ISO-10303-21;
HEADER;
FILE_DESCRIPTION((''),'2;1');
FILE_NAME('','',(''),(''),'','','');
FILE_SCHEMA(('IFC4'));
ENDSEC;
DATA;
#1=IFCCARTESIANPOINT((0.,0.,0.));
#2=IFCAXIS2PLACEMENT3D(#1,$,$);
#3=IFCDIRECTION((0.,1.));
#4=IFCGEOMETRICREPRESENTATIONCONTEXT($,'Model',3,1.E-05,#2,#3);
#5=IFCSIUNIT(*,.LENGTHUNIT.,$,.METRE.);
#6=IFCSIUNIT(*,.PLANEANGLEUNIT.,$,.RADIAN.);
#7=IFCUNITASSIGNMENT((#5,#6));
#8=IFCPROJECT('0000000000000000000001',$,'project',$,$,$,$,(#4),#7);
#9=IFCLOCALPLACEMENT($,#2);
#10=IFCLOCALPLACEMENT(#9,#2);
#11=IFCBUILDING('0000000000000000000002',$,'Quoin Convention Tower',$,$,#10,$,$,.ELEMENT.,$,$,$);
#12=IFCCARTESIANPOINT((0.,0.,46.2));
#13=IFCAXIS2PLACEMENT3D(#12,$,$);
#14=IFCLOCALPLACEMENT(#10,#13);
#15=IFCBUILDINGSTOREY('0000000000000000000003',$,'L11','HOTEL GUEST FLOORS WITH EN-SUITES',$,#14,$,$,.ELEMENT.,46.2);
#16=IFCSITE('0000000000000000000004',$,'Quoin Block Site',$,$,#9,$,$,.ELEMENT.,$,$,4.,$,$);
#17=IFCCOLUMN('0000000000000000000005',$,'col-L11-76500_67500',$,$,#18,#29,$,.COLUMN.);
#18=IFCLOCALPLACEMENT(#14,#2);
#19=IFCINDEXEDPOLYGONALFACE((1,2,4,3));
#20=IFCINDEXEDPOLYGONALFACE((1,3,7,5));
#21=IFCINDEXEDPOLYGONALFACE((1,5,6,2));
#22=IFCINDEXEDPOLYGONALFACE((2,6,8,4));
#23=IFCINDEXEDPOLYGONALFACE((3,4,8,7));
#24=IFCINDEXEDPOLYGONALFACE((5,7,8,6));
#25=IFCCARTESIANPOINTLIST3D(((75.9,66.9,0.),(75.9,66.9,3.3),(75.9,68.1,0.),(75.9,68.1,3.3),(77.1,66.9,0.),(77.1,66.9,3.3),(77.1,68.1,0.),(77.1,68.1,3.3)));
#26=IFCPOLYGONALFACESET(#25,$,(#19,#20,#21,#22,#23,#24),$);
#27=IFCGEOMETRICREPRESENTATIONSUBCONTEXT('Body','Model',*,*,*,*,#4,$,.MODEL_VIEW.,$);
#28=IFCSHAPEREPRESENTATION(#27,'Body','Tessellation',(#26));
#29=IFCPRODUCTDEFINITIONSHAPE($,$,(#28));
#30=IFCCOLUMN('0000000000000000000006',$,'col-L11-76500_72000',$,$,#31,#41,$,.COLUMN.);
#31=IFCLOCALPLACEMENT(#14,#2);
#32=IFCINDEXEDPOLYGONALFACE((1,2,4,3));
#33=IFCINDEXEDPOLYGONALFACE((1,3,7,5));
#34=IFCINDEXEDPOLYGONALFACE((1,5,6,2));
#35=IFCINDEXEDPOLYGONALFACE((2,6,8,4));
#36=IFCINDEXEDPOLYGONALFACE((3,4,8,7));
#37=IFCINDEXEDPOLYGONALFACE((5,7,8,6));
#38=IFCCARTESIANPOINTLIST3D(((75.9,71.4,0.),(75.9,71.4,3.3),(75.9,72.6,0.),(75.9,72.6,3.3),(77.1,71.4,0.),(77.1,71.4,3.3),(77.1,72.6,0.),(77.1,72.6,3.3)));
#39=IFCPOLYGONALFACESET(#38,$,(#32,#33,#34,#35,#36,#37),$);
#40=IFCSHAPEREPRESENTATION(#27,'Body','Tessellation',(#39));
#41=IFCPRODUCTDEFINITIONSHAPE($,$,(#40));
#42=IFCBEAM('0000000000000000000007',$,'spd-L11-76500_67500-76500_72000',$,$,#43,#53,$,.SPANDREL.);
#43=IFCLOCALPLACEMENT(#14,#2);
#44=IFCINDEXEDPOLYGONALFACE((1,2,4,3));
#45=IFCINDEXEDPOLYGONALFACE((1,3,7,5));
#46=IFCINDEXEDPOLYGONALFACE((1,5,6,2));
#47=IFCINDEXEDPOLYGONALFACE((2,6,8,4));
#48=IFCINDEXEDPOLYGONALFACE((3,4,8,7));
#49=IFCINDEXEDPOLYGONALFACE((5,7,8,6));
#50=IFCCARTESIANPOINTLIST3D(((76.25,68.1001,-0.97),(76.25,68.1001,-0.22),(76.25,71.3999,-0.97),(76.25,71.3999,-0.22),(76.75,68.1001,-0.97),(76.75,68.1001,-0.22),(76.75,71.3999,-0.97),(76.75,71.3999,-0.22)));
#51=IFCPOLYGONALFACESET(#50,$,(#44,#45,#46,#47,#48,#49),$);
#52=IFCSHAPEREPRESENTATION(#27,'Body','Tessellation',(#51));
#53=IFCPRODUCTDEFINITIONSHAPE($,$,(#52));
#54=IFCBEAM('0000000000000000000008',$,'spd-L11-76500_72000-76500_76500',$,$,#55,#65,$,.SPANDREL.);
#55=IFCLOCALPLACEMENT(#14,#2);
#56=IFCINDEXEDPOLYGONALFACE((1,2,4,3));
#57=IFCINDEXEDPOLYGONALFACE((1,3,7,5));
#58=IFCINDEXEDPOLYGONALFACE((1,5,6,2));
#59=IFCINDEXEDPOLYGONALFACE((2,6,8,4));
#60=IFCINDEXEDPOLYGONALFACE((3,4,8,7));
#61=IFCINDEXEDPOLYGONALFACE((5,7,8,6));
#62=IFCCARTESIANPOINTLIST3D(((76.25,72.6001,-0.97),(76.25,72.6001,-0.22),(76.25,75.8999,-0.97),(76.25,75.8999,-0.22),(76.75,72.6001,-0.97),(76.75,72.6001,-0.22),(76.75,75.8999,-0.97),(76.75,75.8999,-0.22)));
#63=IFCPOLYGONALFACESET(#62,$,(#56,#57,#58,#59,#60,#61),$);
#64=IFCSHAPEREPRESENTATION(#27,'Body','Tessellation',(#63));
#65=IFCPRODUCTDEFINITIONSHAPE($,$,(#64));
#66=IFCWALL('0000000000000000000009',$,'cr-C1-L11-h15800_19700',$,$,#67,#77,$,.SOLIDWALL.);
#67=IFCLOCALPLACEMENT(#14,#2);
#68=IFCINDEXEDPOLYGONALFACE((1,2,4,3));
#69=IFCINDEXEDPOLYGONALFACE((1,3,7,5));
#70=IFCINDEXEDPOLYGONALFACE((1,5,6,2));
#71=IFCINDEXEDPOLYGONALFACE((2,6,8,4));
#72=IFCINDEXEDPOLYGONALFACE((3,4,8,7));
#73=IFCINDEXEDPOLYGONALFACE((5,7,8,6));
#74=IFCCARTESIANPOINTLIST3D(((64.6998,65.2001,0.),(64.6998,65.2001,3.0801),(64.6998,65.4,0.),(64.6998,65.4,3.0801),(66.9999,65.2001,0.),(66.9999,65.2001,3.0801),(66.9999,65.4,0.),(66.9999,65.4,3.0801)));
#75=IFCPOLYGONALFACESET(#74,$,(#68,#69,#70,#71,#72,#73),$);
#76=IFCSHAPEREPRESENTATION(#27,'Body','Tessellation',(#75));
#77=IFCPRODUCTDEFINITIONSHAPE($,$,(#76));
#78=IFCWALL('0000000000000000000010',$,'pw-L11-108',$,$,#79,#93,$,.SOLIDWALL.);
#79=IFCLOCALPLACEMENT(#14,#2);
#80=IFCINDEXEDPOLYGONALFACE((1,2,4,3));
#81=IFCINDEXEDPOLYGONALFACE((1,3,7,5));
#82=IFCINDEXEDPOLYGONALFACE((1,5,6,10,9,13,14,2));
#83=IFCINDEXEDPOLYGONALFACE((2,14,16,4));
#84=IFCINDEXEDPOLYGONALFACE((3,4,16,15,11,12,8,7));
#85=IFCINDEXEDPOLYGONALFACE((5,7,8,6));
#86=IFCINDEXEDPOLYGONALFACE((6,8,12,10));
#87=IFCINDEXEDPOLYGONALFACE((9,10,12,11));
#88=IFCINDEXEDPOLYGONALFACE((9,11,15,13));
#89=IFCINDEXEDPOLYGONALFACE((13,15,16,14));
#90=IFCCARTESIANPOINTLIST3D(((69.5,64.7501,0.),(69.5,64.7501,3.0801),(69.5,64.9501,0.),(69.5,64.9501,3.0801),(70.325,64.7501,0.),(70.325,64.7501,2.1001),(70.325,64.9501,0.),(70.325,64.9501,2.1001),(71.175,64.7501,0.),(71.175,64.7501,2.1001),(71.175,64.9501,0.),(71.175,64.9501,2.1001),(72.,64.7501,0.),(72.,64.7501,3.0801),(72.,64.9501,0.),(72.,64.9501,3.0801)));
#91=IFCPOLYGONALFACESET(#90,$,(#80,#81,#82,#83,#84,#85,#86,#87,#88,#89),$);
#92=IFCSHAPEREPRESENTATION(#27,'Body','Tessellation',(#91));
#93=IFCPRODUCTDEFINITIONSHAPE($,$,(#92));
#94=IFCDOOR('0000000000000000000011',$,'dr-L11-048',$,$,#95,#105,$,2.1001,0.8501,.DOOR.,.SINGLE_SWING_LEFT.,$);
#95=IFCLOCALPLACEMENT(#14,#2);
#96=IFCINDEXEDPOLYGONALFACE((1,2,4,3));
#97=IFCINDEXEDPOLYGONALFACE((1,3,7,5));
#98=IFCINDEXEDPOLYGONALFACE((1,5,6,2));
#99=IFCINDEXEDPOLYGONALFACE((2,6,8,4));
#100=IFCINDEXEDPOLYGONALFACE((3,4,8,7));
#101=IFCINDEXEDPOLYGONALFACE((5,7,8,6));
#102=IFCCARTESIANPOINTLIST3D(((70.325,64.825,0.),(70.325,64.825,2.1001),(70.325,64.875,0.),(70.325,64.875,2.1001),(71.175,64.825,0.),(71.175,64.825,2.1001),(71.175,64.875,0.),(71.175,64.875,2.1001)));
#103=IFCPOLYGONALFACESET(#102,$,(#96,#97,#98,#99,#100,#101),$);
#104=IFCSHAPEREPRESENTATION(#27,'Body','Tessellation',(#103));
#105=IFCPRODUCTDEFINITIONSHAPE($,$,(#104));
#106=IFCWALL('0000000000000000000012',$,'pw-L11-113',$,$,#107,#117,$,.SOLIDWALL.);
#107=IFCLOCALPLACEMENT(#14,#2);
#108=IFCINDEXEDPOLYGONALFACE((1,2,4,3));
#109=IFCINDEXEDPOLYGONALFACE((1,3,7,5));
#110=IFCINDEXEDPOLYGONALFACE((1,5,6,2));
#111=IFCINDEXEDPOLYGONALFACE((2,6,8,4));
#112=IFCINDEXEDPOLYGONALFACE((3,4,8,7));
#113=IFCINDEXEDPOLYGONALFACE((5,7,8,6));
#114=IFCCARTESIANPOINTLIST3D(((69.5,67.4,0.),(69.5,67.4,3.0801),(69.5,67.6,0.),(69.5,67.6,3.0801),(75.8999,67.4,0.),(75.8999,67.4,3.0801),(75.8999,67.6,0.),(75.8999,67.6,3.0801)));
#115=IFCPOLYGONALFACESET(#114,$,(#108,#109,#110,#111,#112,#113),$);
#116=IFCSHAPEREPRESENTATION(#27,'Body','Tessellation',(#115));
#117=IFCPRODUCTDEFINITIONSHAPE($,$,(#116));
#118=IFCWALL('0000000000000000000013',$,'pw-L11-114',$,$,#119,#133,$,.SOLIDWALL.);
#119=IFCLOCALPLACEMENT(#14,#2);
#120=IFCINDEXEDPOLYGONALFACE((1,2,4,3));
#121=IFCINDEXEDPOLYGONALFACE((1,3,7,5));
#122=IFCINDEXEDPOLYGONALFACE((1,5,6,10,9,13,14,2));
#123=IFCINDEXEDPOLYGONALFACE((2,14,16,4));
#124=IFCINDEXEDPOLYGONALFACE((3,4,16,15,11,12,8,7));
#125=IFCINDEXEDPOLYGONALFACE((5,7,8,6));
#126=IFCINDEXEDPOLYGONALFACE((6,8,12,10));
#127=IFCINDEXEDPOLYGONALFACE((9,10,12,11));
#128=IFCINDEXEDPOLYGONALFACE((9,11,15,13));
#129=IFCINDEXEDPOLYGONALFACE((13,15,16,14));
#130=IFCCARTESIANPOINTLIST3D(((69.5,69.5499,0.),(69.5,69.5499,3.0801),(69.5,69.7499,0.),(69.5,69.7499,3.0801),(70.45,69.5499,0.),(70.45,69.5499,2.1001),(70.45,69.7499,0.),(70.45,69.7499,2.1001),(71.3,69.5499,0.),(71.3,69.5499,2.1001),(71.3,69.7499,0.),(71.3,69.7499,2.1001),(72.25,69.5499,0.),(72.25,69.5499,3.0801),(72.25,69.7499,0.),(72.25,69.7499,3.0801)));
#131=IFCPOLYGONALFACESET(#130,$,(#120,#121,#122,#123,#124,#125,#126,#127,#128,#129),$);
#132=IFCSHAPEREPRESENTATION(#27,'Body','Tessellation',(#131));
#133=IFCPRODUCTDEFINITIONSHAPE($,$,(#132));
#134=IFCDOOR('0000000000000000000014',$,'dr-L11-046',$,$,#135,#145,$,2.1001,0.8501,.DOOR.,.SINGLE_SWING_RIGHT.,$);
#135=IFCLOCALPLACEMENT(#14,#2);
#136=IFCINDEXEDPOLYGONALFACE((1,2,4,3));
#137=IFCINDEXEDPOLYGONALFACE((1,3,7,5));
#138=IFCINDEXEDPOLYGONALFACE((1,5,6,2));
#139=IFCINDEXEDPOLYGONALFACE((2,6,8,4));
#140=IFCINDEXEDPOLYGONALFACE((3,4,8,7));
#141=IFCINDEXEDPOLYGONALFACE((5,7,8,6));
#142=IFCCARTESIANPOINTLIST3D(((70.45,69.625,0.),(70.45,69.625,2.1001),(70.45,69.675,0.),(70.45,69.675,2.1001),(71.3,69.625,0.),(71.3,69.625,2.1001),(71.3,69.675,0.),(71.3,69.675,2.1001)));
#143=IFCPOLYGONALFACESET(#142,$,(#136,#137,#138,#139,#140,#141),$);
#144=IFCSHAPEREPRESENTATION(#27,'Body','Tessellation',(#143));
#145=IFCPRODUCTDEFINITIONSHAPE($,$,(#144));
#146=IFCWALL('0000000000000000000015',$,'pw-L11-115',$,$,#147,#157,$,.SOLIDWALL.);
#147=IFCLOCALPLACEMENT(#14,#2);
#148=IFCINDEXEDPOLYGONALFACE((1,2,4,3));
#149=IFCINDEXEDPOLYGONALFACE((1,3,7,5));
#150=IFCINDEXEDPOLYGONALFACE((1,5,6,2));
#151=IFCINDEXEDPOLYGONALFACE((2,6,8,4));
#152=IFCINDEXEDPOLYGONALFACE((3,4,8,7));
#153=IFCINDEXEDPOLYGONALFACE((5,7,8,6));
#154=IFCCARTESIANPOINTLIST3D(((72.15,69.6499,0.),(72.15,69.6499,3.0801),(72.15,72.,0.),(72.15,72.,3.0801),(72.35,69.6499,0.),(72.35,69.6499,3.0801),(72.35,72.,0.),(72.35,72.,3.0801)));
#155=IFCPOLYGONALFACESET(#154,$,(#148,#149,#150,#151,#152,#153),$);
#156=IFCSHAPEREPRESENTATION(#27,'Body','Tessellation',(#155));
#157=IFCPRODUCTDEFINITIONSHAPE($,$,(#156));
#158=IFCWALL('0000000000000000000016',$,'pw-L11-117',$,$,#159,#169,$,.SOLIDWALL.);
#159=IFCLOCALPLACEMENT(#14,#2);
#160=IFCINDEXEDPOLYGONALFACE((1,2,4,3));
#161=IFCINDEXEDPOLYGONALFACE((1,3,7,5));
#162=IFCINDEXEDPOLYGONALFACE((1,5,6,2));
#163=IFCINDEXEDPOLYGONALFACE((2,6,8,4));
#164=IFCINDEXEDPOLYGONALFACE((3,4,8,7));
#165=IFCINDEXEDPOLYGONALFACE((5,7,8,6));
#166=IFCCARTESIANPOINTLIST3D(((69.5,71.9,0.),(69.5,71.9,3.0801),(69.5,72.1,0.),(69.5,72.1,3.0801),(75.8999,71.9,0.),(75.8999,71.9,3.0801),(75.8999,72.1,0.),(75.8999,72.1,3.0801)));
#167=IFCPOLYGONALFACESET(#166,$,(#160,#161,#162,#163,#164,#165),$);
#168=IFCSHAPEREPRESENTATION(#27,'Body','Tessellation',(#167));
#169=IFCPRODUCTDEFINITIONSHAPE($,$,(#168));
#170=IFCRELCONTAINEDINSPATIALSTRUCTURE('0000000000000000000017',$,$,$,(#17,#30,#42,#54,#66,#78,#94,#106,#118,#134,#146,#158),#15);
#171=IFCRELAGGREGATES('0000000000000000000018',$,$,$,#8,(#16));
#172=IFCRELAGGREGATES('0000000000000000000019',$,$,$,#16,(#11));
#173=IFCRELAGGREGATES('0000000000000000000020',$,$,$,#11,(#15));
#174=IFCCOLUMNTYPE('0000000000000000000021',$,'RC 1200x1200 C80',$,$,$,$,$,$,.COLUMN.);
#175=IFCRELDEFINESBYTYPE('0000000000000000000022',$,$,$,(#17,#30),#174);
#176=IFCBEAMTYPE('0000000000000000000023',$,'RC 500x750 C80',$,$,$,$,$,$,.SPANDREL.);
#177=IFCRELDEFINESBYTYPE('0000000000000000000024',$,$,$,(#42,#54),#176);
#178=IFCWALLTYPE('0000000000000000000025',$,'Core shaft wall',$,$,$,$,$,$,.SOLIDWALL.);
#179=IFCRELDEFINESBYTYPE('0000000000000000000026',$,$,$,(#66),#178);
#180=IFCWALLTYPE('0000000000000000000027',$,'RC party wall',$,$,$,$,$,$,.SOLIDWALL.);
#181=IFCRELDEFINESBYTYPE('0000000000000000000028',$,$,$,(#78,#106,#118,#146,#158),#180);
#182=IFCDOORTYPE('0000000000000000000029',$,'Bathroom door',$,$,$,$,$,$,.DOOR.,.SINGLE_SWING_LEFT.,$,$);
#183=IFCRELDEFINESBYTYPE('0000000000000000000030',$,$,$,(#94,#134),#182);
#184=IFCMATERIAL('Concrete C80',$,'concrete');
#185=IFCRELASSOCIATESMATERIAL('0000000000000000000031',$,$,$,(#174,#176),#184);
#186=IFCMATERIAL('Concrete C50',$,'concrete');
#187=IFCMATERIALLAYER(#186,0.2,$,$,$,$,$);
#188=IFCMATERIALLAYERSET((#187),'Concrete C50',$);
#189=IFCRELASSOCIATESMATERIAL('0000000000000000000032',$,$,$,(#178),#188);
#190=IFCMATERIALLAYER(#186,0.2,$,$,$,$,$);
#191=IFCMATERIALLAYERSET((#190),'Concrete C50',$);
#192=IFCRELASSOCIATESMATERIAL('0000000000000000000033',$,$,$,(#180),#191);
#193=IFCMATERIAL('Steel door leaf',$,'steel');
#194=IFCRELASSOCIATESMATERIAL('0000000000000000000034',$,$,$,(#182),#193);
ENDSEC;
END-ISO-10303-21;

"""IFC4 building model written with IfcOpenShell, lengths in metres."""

from ifc_helpers import new_model, si_unit, direction, frame, frame_2d, origin, origin_2d, place, context, subcontext, project, spatial, rectangle, extrude, material, layer, layer_set, material_profile, profile_set, type_object, element, fill, save


model = new_model("IFC4")

# Units and contexts
model_context = context("Model", 3, precision=1e-05, world=origin(), true_north=direction((0.0, 1.0)))
body_context = subcontext(model_context, "Body", "Model", "MODEL_VIEW")
ifc_project = project(units=[si_unit("LENGTHUNIT", "METRE"), si_unit("PLANEANGLEUNIT", "RADIAN")], contexts=[model_context])

# Site, building, storey
site_placement = place(None, origin())
site = spatial("IfcSite", under=ifc_project, at=site_placement, Name="Quoin Block Site", CompositionType="ELEMENT", RefElevation=4.0)
building_placement = place(site_placement, origin())
building = spatial("IfcBuilding", under=site, at=building_placement, Name="Quoin Convention Tower", CompositionType="ELEMENT")
storey_placement = place(building_placement, frame((0.0, 0.0, 46.2)))
storey = spatial("IfcBuildingStorey", under=building, at=storey_placement, Name="L11", Description="HOTEL GUEST FLOORS WITH EN-SUITES", CompositionType="ELEMENT", Elevation=46.2)

# Columns
ifc_material_1 = material(Name="Concrete C80", Category="concrete")
ifc_material_profile_1 = material_profile(ifc_material_1, rectangle(XDim=1.2, YDim=1.2, at=origin_2d()), Name="RC 1200x1200")
ifc_profile_set_1 = profile_set([ifc_material_profile_1], Name="Concrete C80")
column_type = type_object("IfcColumnType", Name="RC 1200x1200 C80", PredefinedType="COLUMN", material=ifc_profile_set_1)
for number, where, z_axis, x_axis, name in (
    (1, (76.5, 67.5, 0.0), (0.0, 0.0, 1.0), (1.0, 0.0, 0.0), "col-L11-76500_67500"),
    (2, (76.5, 72.0, 0.0), (0.0, 0.0, 1.0), (1.0, 0.0, 0.0), "col-L11-76500_72000"),
):
    element("IfcColumn", number, at=place(storey_placement, frame(where, z_axis=z_axis, x_axis=x_axis)), inside=storey, type_object=column_type, Name=name, PredefinedType="COLUMN", context=body_context, shape_type="SweptSolid", body=[
        extrude(rectangle(XDim=1.2, YDim=1.2, at=origin_2d()), origin(), (0.0, 0.0, 1.0), 3.3),
    ])

# Beams
ifc_material_profile_2 = material_profile(ifc_material_1, rectangle(XDim=0.5, YDim=0.75, at=origin_2d()), Name="RC 500x750")
ifc_profile_set_2 = profile_set([ifc_material_profile_2], Name="Concrete C80")
beam_type = type_object("IfcBeamType", Name="RC 500x750 C80", PredefinedType="SPANDREL", material=ifc_profile_set_2)
for number, where, z_axis, x_axis, name in (
    (3, (76.5, 68.1001, -0.595), (0.0, 1.0, 0.0), (-1.0, 0.0, 0.0), "spd-L11-76500_67500-76500_72000"),
    (4, (76.5, 72.6001, -0.595), (0.0, 1.0, 0.0), (-1.0, 0.0, 0.0), "spd-L11-76500_72000-76500_76500"),
):
    element("IfcBeam", number, at=place(storey_placement, frame(where, z_axis=z_axis, x_axis=x_axis)), inside=storey, type_object=beam_type, Name=name, PredefinedType="SPANDREL", context=body_context, shape_type="SweptSolid", body=[
        extrude(rectangle(XDim=0.5, YDim=0.75, at=origin_2d()), origin(), (0.0, 0.0, 1.0), 3.2998),
    ])

# Wall
ifc_material_2 = material(Name="Concrete C50", Category="concrete")
ifc_layer_1 = layer(ifc_material_2, 0.2)
ifc_layer_set_1 = layer_set([ifc_layer_1], Name="Concrete C50")
wall_type_1 = type_object("IfcWallType", Name="Core shaft wall", PredefinedType="SOLIDWALL", material=ifc_layer_set_1)
wall_1_placement = place(storey_placement, frame((64.7, 65.3, 0.0), z_axis=(0.0, 0.0, 1.0), x_axis=(1.0, 0.0, 0.0)))
element("IfcWall", 5, at=wall_1_placement, inside=storey, type_object=wall_type_1, Name="cr-C1-L11-h15800_19700", PredefinedType="SOLIDWALL", context=body_context, shape_type="SweptSolid", body=[
    extrude(rectangle(XDim=2.3, YDim=0.2, at=frame_2d((1.1499, 0.0))), origin(), (0.0, 0.0, 1.0), 3.0801),
])

# Wall, opening, door
ifc_layer_2 = layer(ifc_material_2, 0.2)
ifc_layer_set_2 = layer_set([ifc_layer_2], Name="Concrete C50")
wall_type_2 = type_object("IfcWallType", Name="RC party wall", PredefinedType="SOLIDWALL", material=ifc_layer_set_2)
wall_2_placement = place(storey_placement, frame((69.5, 64.8501, 0.0), z_axis=(0.0, 0.0, 1.0), x_axis=(1.0, 0.0, 0.0)))
wall_2 = element("IfcWall", 6, at=wall_2_placement, inside=storey, type_object=wall_type_2, Name="pw-L11-108", PredefinedType="SOLIDWALL", context=body_context, shape_type="SweptSolid", body=[
    extrude(rectangle(XDim=2.5, YDim=0.2, at=frame_2d((1.25, 0.0))), origin(), (0.0, 0.0, 1.0), 3.0801),
])
opening_1_placement = place(wall_2_placement, frame((0.825, 0.0, 0.0)))
opening_1 = element("IfcOpeningElement", 7, at=opening_1_placement, cuts=wall_2, PredefinedType="OPENING", context=body_context, shape_type="SweptSolid", body=[
    extrude(rectangle(XDim=0.8501, YDim=2.1001, at=frame_2d((0.425, 1.05))), frame((0.0, 0.1099, 0.0), z_axis=(0.0, -1.0, 0.0), x_axis=(1.0, 0.0, 0.0)), (0.0, 0.0, 1.0), 0.22),
])
ifc_material_3 = material(Name="Steel door leaf", Category="steel")
door_type = type_object("IfcDoorType", Name="Bathroom door", OperationType="SINGLE_SWING_LEFT", PredefinedType="DOOR", material=ifc_material_3)
door_1_placement = place(opening_1_placement, origin())
door_1 = element("IfcDoor", 8, at=door_1_placement, inside=storey, type_object=door_type, Name="dr-L11-048", OperationType="SINGLE_SWING_LEFT", OverallHeight=2.1001, OverallWidth=0.8501, PredefinedType="DOOR", context=body_context, shape_type="SweptSolid", body=[
    extrude(rectangle(XDim=0.8501, YDim=2.1001, at=frame_2d((0.425, 1.05))), frame((0.0, 0.0249, 0.0), z_axis=(0.0, -1.0, 0.0), x_axis=(1.0, 0.0, 0.0)), (0.0, 0.0, 1.0), 0.05),
])
fill(opening_1, door_1)

# Wall
wall_3_placement = place(storey_placement, frame((69.5, 67.5, 0.0), z_axis=(0.0, 0.0, 1.0), x_axis=(1.0, 0.0, 0.0)))
element("IfcWall", 9, at=wall_3_placement, inside=storey, type_object=wall_type_2, Name="pw-L11-113", PredefinedType="SOLIDWALL", context=body_context, shape_type="SweptSolid", body=[
    extrude(rectangle(XDim=6.3999, YDim=0.2, at=frame_2d((3.2, 0.0))), origin(), (0.0, 0.0, 1.0), 3.0801),
])

# Wall, opening, door
wall_4_placement = place(storey_placement, frame((69.5, 69.6499, 0.0), z_axis=(0.0, 0.0, 1.0), x_axis=(1.0, 0.0, 0.0)))
wall_4 = element("IfcWall", 10, at=wall_4_placement, inside=storey, type_object=wall_type_2, Name="pw-L11-114", PredefinedType="SOLIDWALL", context=body_context, shape_type="SweptSolid", body=[
    extrude(rectangle(XDim=2.75, YDim=0.2, at=frame_2d((1.375, 0.0))), origin(), (0.0, 0.0, 1.0), 3.0801),
])
opening_2_placement = place(wall_4_placement, frame((0.95, 0.0, 0.0)))
opening_2 = element("IfcOpeningElement", 11, at=opening_2_placement, cuts=wall_4, PredefinedType="OPENING", context=body_context, shape_type="SweptSolid", body=[
    extrude(rectangle(XDim=0.8501, YDim=2.1001, at=frame_2d((0.425, 1.05))), frame((0.0, 0.1099, 0.0), z_axis=(0.0, -1.0, 0.0), x_axis=(1.0, 0.0, 0.0)), (0.0, 0.0, 1.0), 0.22),
])
door_2_placement = place(opening_2_placement, frame((0.8501, 0.0, 0.0), z_axis=(0.0, 0.0, 1.0), x_axis=(-1.0, 0.0, 0.0)))
door_2 = element("IfcDoor", 12, at=door_2_placement, inside=storey, type_object=door_type, Name="dr-L11-046", OperationType="SINGLE_SWING_RIGHT", OverallHeight=2.1001, OverallWidth=0.8501, PredefinedType="DOOR", context=body_context, shape_type="SweptSolid", body=[
    extrude(rectangle(XDim=0.8501, YDim=2.1001, at=frame_2d((0.425, 1.05))), frame((0.0, 0.0249, 0.0), z_axis=(0.0, -1.0, 0.0), x_axis=(1.0, 0.0, 0.0)), (0.0, 0.0, 1.0), 0.05),
])
fill(opening_2, door_2)

# Walls
wall_5_placement = place(storey_placement, frame((72.25, 69.6499, 0.0), z_axis=(0.0, 0.0, 1.0), x_axis=(0.0, 1.0, 0.0)))
element("IfcWall", 13, at=wall_5_placement, inside=storey, type_object=wall_type_2, Name="pw-L11-115", PredefinedType="SOLIDWALL", context=body_context, shape_type="SweptSolid", body=[
    extrude(rectangle(XDim=2.3501, YDim=0.2, at=frame_2d((1.175, 0.0))), origin(), (0.0, 0.0, 1.0), 3.0801),
])
wall_6_placement = place(storey_placement, frame((69.5, 72.0, 0.0), z_axis=(0.0, 0.0, 1.0), x_axis=(1.0, 0.0, 0.0)))
element("IfcWall", 14, at=wall_6_placement, inside=storey, type_object=wall_type_2, Name="pw-L11-117", PredefinedType="SOLIDWALL", context=body_context, shape_type="SweptSolid", body=[
    extrude(rectangle(XDim=6.3999, YDim=0.2, at=frame_2d((3.2, 0.0))), origin(), (0.0, 0.0, 1.0), 3.0801),
])

save(model, "model.ifc")
